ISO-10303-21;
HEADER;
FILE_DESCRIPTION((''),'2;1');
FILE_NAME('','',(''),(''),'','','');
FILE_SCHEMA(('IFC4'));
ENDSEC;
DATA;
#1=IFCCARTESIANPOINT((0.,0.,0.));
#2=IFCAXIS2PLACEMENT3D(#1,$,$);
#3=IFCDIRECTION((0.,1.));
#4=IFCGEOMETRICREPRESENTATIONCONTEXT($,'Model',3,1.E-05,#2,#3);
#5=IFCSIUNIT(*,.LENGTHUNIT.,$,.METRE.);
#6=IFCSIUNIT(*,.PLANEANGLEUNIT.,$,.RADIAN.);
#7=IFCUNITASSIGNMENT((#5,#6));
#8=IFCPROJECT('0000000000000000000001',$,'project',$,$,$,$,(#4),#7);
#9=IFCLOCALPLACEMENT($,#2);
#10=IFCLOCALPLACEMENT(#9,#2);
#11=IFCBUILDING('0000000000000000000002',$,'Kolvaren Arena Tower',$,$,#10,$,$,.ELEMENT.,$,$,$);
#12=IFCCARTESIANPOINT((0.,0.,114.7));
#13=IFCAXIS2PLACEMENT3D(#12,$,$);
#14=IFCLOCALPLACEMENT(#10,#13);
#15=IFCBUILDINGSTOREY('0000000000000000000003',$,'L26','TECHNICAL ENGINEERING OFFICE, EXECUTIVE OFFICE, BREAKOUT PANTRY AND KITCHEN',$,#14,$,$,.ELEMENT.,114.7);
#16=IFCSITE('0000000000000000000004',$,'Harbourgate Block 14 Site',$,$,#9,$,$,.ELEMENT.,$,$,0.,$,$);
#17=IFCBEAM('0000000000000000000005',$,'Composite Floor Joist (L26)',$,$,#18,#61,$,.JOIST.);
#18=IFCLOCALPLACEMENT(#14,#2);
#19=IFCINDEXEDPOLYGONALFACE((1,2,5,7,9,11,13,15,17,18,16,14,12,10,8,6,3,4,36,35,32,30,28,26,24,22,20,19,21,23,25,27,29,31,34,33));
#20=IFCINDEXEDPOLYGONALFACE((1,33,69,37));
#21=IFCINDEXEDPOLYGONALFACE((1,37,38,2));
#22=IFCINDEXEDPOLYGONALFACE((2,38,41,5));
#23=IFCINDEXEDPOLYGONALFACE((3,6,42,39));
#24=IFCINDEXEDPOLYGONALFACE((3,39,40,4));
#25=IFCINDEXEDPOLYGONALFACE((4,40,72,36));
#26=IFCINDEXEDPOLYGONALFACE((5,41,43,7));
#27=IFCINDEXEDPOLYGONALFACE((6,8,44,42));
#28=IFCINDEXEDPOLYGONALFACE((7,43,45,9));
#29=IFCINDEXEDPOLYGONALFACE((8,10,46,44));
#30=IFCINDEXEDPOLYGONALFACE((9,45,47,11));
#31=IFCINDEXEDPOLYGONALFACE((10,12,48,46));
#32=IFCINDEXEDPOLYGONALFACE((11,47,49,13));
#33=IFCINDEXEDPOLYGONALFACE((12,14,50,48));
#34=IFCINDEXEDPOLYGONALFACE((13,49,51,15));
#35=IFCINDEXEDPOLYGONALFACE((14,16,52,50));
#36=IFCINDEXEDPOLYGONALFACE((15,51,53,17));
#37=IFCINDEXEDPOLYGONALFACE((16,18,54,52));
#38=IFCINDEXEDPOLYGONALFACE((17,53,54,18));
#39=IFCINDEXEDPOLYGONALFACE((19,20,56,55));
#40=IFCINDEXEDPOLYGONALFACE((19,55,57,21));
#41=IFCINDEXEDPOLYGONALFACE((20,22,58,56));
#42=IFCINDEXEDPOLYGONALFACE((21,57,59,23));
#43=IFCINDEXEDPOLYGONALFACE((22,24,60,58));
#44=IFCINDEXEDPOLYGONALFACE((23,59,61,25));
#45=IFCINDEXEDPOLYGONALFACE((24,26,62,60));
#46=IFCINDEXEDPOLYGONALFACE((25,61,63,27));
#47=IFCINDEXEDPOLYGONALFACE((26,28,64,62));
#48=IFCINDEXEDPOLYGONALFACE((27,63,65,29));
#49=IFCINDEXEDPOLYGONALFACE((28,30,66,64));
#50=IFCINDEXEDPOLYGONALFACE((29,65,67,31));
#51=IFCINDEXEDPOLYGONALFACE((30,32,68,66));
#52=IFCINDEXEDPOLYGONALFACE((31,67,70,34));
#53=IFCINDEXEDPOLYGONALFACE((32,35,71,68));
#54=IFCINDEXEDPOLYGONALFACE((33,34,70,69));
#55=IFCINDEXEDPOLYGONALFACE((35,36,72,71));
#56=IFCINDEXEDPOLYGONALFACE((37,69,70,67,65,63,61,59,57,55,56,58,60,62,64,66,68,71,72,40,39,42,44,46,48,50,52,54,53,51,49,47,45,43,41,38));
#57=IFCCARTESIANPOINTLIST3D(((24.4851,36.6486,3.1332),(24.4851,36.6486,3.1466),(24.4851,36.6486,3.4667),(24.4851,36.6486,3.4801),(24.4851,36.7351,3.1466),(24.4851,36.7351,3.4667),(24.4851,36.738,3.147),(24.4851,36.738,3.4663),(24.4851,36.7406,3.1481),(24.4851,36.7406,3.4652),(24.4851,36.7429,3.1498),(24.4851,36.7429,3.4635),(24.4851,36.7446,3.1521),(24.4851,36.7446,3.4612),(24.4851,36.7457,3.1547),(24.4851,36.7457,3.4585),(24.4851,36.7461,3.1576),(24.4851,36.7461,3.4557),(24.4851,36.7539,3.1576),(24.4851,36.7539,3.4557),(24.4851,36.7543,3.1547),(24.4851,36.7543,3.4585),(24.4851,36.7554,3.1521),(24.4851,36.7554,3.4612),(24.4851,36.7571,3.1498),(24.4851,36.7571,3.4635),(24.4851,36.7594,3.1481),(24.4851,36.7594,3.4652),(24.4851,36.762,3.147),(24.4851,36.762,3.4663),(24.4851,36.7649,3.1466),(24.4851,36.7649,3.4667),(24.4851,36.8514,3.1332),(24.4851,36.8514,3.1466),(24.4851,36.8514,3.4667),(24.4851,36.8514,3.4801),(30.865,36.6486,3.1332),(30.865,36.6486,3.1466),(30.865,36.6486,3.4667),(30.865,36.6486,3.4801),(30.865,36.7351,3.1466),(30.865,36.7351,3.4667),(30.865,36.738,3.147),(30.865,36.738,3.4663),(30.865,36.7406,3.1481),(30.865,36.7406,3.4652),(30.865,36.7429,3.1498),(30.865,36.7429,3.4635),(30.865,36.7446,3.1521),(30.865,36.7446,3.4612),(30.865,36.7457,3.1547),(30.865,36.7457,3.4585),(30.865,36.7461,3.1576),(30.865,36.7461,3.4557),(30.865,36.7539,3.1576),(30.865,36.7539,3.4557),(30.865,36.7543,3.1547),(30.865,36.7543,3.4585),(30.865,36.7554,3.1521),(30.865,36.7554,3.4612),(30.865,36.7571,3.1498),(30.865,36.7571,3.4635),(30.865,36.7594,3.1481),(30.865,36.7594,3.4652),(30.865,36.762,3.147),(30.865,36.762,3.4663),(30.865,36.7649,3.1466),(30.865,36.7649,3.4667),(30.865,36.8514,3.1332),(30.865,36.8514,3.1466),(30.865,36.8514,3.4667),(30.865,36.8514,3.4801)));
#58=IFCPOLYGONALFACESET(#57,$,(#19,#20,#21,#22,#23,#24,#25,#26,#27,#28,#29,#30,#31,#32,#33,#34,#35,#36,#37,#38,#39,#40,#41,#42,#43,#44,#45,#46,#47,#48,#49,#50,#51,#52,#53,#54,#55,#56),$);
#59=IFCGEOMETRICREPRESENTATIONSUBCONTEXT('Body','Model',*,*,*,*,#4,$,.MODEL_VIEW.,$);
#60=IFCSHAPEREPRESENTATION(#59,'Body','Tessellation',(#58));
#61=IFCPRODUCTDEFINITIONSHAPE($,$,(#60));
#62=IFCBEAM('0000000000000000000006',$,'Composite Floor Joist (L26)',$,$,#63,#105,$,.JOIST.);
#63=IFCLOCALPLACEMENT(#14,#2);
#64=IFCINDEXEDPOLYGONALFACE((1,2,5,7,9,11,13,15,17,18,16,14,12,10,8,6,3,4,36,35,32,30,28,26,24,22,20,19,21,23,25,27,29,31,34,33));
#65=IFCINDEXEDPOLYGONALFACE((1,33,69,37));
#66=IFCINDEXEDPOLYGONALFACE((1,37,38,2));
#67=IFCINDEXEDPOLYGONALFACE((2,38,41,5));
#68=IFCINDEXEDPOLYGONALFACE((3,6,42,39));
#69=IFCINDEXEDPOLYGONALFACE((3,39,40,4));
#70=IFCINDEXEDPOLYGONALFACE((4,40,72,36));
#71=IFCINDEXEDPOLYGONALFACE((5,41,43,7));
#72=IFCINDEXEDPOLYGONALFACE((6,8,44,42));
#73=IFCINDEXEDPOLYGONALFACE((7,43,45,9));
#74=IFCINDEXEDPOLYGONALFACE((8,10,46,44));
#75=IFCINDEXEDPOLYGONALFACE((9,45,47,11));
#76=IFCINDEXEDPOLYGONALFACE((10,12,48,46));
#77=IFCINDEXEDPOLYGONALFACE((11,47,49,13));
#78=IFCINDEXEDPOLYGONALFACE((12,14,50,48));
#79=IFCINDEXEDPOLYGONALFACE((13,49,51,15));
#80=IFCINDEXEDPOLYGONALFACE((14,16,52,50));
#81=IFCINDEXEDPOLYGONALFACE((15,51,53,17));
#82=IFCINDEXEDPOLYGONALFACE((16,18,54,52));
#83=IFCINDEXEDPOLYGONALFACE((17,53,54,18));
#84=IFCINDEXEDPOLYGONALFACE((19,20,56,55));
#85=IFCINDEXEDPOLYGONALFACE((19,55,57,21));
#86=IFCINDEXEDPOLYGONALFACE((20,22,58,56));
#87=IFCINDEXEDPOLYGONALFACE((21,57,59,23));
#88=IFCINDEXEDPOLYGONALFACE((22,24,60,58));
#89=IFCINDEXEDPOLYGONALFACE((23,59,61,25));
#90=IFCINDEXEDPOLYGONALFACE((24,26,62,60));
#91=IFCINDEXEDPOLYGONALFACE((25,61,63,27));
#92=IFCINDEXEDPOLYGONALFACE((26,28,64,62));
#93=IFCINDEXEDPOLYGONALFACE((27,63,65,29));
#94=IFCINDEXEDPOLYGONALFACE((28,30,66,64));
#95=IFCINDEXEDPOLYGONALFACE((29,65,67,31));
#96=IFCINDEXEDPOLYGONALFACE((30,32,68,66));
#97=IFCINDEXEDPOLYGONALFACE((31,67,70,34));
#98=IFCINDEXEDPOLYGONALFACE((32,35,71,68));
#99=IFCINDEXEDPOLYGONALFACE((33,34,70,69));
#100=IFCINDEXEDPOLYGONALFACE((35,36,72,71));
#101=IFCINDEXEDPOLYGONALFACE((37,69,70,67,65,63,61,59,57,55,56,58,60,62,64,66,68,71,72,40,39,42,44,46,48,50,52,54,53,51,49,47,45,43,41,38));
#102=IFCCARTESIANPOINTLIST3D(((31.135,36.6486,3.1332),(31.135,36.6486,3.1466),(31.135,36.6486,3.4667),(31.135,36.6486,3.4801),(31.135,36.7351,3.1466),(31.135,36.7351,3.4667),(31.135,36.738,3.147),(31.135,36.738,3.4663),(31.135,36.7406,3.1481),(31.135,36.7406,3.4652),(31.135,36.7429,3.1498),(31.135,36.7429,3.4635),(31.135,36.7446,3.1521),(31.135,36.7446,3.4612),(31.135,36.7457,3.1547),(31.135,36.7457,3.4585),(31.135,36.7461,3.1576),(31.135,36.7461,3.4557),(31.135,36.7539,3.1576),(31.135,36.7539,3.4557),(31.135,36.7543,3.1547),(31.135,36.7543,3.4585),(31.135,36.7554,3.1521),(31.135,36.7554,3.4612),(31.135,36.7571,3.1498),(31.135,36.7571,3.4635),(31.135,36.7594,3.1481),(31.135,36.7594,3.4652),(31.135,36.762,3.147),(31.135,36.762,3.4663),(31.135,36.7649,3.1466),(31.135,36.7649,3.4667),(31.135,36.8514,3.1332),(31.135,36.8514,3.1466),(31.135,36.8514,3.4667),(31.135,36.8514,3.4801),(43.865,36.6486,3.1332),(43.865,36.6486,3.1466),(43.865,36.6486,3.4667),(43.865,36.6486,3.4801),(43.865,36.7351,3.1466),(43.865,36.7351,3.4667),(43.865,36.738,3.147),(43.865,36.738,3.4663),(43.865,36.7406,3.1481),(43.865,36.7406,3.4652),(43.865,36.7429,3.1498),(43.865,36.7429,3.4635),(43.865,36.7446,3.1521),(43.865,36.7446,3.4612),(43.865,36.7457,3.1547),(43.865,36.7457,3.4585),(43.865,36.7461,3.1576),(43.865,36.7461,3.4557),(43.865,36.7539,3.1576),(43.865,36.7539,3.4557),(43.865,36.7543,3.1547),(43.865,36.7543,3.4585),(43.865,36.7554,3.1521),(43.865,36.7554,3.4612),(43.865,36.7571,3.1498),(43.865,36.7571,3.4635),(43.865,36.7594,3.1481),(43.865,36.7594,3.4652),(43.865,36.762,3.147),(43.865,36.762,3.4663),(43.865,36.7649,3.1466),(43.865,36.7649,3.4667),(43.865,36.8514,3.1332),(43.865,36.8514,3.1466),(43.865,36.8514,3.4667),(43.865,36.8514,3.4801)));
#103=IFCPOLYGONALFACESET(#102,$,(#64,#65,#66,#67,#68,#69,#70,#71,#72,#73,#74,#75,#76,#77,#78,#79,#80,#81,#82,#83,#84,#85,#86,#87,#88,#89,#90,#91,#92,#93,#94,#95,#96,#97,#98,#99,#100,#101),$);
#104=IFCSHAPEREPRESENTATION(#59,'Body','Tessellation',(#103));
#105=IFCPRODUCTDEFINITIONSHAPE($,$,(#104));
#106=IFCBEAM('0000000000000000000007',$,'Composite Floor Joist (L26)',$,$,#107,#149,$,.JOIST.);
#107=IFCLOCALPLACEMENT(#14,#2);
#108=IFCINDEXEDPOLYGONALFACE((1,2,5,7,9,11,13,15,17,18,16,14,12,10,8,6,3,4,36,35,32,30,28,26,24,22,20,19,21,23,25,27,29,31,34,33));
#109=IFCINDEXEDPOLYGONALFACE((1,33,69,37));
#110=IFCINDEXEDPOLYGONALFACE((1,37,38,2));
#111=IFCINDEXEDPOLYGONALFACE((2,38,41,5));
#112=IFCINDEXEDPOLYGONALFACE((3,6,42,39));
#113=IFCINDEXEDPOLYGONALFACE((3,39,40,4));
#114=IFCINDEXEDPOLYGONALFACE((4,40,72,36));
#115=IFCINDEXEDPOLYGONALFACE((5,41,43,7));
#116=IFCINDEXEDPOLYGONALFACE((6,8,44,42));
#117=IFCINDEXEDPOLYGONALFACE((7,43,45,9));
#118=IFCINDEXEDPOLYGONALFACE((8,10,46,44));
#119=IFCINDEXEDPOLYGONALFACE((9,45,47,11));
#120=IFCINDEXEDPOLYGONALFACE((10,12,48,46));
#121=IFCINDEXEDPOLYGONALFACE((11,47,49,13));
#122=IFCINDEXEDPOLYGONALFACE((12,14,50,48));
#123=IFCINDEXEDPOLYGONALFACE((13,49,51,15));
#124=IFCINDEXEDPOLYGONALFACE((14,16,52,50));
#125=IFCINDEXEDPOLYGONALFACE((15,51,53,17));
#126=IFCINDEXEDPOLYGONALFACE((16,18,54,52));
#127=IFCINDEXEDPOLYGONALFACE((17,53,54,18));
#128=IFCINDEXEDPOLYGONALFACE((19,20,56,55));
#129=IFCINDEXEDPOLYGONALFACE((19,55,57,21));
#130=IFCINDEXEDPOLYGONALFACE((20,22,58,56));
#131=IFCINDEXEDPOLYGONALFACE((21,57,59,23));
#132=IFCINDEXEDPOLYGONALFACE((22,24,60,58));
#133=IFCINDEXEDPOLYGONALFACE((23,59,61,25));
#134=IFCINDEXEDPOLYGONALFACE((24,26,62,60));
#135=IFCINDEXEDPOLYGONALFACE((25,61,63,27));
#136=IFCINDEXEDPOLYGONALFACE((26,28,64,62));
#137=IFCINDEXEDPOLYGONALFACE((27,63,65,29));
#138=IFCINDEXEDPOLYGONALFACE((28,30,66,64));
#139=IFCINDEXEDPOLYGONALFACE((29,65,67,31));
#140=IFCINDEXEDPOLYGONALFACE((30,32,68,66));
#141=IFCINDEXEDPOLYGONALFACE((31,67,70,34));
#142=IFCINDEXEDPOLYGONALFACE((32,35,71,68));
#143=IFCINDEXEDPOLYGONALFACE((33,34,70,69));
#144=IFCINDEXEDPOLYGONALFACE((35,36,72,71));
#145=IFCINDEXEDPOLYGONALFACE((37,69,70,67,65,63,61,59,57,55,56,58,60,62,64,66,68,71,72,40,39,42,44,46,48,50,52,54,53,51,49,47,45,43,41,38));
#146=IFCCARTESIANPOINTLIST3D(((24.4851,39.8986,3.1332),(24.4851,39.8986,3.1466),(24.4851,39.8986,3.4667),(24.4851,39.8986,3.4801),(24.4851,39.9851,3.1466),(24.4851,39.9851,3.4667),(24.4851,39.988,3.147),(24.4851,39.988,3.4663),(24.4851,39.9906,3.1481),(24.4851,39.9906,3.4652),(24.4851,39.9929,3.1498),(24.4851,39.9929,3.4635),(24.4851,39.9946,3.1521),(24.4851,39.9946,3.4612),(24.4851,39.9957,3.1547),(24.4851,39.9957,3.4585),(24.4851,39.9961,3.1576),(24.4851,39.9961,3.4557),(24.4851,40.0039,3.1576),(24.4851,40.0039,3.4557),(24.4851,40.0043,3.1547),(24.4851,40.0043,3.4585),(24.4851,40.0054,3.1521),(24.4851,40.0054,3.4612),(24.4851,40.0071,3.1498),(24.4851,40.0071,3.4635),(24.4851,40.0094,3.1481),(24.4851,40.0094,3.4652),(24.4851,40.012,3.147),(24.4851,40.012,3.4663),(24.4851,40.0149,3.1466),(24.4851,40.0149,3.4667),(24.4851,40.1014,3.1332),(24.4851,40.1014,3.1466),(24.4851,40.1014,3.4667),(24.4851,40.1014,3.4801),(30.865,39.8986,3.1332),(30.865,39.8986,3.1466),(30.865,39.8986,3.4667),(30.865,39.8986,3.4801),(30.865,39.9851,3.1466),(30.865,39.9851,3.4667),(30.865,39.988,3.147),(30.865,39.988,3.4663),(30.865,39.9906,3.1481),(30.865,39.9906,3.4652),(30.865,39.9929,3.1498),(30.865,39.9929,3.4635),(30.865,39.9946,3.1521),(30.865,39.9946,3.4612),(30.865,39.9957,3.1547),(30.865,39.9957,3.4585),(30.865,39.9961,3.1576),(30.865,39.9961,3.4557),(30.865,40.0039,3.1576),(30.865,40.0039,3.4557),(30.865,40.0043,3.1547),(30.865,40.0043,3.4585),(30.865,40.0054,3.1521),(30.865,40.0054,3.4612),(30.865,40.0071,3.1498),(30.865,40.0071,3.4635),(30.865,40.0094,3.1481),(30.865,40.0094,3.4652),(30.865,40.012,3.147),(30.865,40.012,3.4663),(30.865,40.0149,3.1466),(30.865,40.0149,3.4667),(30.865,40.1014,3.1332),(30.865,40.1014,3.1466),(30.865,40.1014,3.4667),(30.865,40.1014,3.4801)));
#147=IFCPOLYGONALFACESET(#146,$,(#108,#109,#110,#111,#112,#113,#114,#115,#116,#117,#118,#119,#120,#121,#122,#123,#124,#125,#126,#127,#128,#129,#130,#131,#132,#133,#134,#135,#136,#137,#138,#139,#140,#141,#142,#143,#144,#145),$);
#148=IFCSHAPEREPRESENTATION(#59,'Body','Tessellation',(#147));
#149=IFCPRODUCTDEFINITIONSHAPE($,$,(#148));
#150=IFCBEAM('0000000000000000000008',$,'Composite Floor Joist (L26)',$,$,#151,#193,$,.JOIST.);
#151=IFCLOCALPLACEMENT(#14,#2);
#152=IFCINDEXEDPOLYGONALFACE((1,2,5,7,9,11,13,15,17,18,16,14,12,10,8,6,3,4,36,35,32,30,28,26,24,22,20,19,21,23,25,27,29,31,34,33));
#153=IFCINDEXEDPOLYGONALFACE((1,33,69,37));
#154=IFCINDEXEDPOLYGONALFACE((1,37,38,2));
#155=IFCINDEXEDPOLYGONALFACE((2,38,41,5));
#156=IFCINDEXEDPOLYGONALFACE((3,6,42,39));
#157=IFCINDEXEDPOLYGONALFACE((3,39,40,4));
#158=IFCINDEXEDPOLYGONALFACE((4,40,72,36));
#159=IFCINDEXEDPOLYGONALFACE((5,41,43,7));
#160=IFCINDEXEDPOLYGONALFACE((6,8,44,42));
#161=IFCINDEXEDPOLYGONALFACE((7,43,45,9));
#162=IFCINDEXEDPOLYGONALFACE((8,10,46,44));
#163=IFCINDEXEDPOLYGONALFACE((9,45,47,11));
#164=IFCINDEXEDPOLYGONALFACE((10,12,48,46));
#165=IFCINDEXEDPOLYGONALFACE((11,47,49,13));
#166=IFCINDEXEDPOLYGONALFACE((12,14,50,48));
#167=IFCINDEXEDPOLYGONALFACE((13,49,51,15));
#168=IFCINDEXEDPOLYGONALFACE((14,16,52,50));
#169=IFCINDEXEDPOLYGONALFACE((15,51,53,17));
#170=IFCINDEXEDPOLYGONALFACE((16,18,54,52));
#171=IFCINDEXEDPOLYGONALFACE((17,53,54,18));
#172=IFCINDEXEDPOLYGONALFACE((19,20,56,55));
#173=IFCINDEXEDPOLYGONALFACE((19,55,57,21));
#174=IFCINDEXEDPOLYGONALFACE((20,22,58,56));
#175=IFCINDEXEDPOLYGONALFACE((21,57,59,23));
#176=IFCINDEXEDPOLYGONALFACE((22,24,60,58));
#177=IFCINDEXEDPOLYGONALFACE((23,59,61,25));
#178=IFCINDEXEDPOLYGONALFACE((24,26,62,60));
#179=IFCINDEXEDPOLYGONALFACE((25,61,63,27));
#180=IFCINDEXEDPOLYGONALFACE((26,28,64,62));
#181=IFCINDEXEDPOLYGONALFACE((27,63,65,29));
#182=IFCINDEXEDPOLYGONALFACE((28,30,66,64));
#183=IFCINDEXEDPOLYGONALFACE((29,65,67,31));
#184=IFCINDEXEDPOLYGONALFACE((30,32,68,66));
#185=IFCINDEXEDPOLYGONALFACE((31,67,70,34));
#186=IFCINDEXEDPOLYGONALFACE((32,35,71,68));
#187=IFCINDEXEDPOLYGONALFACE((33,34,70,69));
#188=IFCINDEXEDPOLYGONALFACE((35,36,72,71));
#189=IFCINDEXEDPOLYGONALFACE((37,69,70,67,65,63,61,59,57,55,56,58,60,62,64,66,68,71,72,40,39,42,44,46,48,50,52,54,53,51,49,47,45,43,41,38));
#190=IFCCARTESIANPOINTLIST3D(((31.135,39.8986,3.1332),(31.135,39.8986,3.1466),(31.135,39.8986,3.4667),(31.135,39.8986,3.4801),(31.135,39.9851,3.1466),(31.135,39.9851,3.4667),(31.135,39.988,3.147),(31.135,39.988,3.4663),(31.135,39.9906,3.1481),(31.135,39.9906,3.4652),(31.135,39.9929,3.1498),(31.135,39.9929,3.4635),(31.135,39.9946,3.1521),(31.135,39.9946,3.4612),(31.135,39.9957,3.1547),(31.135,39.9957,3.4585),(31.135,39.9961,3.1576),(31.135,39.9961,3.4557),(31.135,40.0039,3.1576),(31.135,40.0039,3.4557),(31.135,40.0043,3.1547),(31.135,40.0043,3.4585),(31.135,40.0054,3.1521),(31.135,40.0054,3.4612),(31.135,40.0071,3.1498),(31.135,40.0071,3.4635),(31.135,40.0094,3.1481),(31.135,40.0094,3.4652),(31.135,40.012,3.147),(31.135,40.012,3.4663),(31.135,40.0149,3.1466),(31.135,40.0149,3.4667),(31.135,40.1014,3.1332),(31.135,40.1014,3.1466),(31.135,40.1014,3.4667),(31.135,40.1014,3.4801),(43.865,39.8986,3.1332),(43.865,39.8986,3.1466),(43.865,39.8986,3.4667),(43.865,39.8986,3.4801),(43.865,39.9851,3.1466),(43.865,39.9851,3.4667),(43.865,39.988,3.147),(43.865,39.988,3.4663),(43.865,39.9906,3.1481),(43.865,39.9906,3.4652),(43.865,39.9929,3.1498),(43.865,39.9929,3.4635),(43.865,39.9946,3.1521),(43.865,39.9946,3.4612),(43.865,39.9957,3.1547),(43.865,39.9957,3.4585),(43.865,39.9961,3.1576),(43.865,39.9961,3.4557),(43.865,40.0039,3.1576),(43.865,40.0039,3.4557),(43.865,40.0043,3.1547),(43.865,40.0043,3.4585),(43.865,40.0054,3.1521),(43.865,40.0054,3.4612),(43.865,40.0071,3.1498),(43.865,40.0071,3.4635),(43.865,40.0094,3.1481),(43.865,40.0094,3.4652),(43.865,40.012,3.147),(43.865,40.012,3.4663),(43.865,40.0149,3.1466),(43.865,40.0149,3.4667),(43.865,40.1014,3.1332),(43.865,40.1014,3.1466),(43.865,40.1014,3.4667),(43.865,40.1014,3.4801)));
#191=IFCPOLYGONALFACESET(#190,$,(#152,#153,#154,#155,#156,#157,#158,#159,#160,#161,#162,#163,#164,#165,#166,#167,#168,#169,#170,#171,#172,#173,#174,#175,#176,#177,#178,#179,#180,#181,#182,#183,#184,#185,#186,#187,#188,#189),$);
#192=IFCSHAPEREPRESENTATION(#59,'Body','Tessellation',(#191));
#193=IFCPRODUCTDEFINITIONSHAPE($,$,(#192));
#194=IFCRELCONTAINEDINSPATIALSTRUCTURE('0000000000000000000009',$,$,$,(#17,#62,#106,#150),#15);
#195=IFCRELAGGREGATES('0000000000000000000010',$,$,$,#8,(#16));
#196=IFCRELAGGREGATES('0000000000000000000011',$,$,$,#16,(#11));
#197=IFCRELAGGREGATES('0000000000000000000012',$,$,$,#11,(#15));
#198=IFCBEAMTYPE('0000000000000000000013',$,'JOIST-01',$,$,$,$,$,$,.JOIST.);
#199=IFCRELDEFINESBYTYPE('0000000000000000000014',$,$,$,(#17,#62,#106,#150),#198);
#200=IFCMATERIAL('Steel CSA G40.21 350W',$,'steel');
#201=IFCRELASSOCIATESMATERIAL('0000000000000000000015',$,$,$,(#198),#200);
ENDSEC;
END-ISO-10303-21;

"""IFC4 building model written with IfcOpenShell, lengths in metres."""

from ifc_helpers import new_model, si_unit, direction, frame, origin, origin_2d, place, context, subcontext, project, spatial, i_section, extrude, material, material_profile, profile_set, type_object, element, save


model = new_model("IFC4")

# Units and contexts
model_context = context("Model", 3, precision=1e-05, world=origin(), true_north=direction((0.0, 1.0)))
body_context = subcontext(model_context, "Body", "Model", "MODEL_VIEW")
ifc_project = project(units=[si_unit("LENGTHUNIT", "METRE"), si_unit("PLANEANGLEUNIT", "RADIAN")], contexts=[model_context])

# Site, building, storey
site_placement = place(None, origin())
site = spatial("IfcSite", under=ifc_project, at=site_placement, Name="Harbourgate Block 14 Site", CompositionType="ELEMENT", RefElevation=0.0)
building_placement = place(site_placement, origin())
building = spatial("IfcBuilding", under=site, at=building_placement, Name="Kolvaren Arena Tower", CompositionType="ELEMENT")
storey_placement = place(building_placement, frame((0.0, 0.0, 114.7)))
storey = spatial("IfcBuildingStorey", under=building, at=storey_placement, Name="L26", Description="TECHNICAL ENGINEERING OFFICE, EXECUTIVE OFFICE, BREAKOUT PANTRY AND KITCHEN", CompositionType="ELEMENT", Elevation=114.7)

# Beams
ifc_material_1 = material(Name="Steel CSA G40.21 350W", Category="steel")
ifc_material_profile_1 = material_profile(ifc_material_1, i_section(OverallWidth=0.2029, OverallDepth=0.3469, WebThickness=0.0078, FlangeThickness=0.0134, FilletRadius=0.011, at=origin_2d()), Name="W360x64")
ifc_profile_set_1 = profile_set([ifc_material_profile_1], Name="Steel CSA G40.21 350W")
beam_type_1 = type_object("IfcBeamType", Name="JOIST-01", PredefinedType="JOIST", material=ifc_profile_set_1)
beam_1_placement = place(storey_placement, frame((24.4851, 36.75, 3.3066), z_axis=(1.0, 0.0, 0.0), x_axis=(0.0, 1.0, 0.0)))
element("IfcBeam", 1, at=beam_1_placement, inside=storey, type_object=beam_type_1, Name="Composite Floor Joist (L26)", PredefinedType="JOIST", context=body_context, shape_type="SweptSolid", body=[
    extrude(i_section(OverallWidth=0.2029, OverallDepth=0.3469, WebThickness=0.0078, FlangeThickness=0.0134, FilletRadius=0.011, at=origin_2d()), origin(), (0.0, 0.0, 1.0), 6.3799),
])
beam_2_placement = place(storey_placement, frame((31.135, 36.75, 3.3066), z_axis=(1.0, 0.0, 0.0), x_axis=(0.0, 1.0, 0.0)))
element("IfcBeam", 2, at=beam_2_placement, inside=storey, type_object=beam_type_1, Name="Composite Floor Joist (L26)", PredefinedType="JOIST", context=body_context, shape_type="SweptSolid", body=[
    extrude(i_section(OverallWidth=0.2029, OverallDepth=0.3469, WebThickness=0.0078, FlangeThickness=0.0134, FilletRadius=0.011, at=origin_2d()), origin(), (0.0, 0.0, 1.0), 12.73),
])
beam_3_placement = place(storey_placement, frame((24.4851, 40.0, 3.3066), z_axis=(1.0, 0.0, 0.0), x_axis=(0.0, 1.0, 0.0)))
element("IfcBeam", 3, at=beam_3_placement, inside=storey, type_object=beam_type_1, Name="Composite Floor Joist (L26)", PredefinedType="JOIST", context=body_context, shape_type="SweptSolid", body=[
    extrude(i_section(OverallWidth=0.2029, OverallDepth=0.3469, WebThickness=0.0078, FlangeThickness=0.0134, FilletRadius=0.011, at=origin_2d()), origin(), (0.0, 0.0, 1.0), 6.3799),
])
beam_4_placement = place(storey_placement, frame((31.135, 40.0, 3.3066), z_axis=(1.0, 0.0, 0.0), x_axis=(0.0, 1.0, 0.0)))
element("IfcBeam", 4, at=beam_4_placement, inside=storey, type_object=beam_type_1, Name="Composite Floor Joist (L26)", PredefinedType="JOIST", context=body_context, shape_type="SweptSolid", body=[
    extrude(i_section(OverallWidth=0.2029, OverallDepth=0.3469, WebThickness=0.0078, FlangeThickness=0.0134, FilletRadius=0.011, at=origin_2d()), origin(), (0.0, 0.0, 1.0), 12.73),
])

save(model, "model.ifc")
